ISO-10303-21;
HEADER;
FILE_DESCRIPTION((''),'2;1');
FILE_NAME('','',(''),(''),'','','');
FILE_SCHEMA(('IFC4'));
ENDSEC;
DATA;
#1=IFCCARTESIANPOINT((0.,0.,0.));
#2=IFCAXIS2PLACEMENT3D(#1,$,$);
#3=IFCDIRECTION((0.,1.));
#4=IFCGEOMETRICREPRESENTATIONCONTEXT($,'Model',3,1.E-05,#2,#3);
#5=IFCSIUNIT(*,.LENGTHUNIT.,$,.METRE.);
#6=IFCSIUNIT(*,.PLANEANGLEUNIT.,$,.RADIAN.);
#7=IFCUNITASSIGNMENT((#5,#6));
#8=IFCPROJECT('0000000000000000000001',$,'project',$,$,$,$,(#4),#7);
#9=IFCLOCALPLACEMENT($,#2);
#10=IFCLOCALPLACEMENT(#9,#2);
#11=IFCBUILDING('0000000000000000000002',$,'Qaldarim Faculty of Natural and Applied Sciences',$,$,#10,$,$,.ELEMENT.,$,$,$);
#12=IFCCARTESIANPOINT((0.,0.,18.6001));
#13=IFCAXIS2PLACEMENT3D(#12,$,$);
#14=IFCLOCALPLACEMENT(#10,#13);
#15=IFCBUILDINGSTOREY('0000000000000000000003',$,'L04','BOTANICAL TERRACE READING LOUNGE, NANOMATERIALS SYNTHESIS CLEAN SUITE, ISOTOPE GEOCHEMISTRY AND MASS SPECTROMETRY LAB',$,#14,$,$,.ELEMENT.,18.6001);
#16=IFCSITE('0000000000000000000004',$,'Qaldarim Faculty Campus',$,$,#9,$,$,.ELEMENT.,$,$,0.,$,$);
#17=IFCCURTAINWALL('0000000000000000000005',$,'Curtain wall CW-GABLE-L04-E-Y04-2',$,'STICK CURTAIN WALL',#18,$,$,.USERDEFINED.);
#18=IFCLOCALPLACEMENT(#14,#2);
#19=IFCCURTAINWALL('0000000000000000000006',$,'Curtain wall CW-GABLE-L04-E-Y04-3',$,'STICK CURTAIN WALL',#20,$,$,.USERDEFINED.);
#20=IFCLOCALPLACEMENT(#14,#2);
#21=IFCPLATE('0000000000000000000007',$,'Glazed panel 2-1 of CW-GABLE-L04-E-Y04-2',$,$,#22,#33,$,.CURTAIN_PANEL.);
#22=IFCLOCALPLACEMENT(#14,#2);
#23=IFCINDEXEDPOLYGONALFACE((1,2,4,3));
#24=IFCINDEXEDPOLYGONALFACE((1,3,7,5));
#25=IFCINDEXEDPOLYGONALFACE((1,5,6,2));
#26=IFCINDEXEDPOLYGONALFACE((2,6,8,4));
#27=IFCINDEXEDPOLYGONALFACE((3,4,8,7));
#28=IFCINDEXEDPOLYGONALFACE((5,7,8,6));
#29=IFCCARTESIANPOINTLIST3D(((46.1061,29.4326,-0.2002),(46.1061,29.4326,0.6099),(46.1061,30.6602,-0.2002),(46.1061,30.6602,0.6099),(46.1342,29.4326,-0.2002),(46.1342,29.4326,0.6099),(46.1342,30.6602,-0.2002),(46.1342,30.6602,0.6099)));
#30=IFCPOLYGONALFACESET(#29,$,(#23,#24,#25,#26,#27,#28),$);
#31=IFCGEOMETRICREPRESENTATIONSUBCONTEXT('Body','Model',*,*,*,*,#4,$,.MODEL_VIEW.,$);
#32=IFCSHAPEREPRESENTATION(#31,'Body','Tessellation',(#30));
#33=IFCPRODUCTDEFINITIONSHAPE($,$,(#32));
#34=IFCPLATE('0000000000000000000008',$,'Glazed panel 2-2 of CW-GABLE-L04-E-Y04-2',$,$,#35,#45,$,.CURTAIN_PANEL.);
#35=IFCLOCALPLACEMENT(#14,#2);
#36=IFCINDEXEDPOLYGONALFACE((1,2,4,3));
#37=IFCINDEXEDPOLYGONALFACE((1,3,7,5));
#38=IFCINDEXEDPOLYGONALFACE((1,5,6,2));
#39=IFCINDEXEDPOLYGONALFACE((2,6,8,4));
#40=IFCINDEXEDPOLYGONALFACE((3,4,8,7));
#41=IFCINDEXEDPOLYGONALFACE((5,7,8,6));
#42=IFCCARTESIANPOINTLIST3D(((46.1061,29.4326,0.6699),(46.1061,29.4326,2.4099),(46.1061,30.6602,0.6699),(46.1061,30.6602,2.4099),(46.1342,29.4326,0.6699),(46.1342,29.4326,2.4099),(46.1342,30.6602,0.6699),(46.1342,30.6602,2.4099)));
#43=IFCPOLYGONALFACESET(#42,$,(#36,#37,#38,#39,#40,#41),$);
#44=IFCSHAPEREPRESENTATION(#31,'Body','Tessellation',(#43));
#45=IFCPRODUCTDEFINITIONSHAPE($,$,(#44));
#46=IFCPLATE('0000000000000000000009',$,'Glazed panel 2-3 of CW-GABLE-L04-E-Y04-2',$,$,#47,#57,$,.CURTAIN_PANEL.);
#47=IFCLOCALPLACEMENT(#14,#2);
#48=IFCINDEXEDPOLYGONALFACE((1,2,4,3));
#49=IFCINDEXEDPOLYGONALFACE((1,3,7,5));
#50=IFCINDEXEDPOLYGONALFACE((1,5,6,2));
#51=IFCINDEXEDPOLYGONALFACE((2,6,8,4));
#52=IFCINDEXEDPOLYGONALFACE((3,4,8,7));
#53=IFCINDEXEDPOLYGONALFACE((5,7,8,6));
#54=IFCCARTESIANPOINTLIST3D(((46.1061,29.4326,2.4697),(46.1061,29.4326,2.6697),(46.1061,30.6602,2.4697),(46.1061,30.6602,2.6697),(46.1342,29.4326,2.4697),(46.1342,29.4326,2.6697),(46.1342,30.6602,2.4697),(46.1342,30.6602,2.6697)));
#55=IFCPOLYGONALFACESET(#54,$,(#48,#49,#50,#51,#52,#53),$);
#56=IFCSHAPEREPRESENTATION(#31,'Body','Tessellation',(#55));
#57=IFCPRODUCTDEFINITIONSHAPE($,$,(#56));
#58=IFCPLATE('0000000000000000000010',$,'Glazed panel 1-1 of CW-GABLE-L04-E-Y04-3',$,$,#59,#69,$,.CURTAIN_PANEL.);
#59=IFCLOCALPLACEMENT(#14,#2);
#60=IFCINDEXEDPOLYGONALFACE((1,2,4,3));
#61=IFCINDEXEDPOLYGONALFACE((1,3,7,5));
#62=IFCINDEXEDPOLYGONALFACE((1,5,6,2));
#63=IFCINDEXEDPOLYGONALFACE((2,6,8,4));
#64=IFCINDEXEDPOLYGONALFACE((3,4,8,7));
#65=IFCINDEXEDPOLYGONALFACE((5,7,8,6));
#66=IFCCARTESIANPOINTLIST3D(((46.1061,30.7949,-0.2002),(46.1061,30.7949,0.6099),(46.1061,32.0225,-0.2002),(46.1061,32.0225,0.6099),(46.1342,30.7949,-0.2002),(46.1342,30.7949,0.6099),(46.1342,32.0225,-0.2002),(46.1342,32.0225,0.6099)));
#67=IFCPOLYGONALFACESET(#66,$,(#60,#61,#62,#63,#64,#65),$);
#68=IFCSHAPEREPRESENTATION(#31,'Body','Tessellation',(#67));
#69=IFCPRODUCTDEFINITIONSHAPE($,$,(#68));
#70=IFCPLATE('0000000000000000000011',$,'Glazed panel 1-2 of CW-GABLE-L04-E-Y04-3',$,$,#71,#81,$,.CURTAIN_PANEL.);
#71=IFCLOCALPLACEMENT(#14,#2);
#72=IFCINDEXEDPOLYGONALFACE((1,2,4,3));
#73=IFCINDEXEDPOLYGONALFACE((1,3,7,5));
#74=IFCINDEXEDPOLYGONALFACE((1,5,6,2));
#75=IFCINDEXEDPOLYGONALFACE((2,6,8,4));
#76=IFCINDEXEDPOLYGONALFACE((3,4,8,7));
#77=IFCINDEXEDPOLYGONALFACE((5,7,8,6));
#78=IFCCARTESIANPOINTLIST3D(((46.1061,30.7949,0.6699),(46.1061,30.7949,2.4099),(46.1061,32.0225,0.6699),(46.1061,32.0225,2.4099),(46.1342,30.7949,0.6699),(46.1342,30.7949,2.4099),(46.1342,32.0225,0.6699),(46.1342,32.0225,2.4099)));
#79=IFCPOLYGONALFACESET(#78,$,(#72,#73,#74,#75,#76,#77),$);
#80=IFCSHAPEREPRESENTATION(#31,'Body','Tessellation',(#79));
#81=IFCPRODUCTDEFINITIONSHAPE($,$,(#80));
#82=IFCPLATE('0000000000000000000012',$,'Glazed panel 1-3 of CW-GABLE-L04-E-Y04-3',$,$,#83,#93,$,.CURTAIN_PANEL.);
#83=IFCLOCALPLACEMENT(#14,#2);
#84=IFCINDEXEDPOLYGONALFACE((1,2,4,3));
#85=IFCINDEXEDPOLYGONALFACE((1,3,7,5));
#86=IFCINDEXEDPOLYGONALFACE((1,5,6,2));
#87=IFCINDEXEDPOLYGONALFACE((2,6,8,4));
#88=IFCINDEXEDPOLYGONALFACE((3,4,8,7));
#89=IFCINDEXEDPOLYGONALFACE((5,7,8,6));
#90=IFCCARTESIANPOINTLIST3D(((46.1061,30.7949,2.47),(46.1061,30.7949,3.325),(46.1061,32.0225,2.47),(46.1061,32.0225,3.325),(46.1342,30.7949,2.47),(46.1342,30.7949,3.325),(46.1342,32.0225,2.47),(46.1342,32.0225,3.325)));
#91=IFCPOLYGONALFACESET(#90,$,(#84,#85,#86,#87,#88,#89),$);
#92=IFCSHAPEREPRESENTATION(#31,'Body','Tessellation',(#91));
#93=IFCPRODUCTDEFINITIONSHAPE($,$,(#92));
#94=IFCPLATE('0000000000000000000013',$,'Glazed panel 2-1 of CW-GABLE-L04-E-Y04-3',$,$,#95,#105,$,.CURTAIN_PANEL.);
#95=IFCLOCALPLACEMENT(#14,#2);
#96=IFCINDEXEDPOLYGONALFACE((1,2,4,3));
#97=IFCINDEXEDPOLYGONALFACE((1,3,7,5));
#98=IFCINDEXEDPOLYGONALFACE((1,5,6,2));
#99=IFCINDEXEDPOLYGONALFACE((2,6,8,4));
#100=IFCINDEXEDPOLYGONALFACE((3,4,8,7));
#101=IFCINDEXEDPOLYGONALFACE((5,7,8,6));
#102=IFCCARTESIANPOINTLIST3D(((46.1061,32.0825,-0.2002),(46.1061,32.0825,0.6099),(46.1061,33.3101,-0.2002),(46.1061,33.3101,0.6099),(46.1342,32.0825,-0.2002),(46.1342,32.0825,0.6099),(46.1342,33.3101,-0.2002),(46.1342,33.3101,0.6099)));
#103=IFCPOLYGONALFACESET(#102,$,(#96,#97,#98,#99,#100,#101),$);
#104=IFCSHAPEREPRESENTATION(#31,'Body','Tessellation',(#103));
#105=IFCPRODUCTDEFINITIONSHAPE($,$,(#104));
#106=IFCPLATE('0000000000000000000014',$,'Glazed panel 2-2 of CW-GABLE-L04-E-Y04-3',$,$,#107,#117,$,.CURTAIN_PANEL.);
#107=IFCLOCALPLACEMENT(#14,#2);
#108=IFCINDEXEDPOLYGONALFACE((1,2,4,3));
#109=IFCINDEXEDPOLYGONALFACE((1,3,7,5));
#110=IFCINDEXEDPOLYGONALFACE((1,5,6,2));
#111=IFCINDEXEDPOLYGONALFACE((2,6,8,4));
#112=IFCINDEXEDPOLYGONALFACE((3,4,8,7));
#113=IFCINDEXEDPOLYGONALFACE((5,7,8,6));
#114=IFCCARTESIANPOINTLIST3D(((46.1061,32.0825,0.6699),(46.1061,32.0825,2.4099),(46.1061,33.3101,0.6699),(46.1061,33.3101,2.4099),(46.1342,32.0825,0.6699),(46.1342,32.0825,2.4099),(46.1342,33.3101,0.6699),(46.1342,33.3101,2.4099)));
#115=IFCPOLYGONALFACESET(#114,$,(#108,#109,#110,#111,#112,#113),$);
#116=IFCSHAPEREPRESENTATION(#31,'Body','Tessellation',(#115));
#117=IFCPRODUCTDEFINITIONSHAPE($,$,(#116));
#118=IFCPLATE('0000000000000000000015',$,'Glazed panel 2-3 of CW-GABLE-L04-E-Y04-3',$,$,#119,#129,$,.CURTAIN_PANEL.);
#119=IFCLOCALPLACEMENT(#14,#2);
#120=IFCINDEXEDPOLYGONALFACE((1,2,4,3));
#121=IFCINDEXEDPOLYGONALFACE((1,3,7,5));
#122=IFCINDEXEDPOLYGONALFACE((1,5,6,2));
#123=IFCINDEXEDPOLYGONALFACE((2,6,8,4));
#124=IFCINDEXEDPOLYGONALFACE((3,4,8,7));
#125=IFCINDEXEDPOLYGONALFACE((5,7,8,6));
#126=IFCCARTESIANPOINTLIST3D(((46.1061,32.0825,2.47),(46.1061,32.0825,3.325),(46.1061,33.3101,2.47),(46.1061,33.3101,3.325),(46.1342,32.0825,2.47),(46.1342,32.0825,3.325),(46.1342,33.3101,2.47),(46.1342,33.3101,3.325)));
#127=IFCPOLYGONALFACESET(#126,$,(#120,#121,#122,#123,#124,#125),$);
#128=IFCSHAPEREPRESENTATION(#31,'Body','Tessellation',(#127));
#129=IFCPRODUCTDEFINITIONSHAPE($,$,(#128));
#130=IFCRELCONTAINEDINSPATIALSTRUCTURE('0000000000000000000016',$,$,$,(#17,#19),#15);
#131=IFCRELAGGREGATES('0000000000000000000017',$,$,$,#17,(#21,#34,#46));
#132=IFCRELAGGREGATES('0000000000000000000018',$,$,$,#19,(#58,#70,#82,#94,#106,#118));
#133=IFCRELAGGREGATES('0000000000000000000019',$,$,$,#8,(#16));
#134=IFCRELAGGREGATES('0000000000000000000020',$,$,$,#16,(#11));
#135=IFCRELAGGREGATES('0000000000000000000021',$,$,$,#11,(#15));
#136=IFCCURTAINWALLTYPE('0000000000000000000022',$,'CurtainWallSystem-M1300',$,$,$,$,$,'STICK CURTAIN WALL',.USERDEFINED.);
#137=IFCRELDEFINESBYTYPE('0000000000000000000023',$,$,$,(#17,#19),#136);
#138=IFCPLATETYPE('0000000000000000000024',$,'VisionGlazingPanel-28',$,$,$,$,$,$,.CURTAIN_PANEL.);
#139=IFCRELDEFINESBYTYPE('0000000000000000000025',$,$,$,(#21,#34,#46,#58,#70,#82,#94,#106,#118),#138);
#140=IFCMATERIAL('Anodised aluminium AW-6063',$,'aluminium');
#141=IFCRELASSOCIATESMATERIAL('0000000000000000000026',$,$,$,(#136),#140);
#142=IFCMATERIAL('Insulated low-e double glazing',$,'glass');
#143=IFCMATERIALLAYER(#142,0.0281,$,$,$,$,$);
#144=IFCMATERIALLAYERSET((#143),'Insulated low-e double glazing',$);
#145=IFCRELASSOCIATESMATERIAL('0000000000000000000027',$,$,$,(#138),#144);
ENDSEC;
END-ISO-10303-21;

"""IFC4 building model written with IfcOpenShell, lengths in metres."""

from ifc_helpers import new_model, si_unit, direction, frame, origin, origin_2d, place, context, subcontext, project, spatial, rectangle, extrude, material, layer, layer_set, type_object, element, aggregate, save


model = new_model("IFC4")

# Units and contexts
model_context = context("Model", 3, precision=1e-05, world=origin(), true_north=direction((0.0, 1.0)))
body_context = subcontext(model_context, "Body", "Model", "MODEL_VIEW")
ifc_project = project(units=[si_unit("LENGTHUNIT", "METRE"), si_unit("PLANEANGLEUNIT", "RADIAN")], contexts=[model_context])

# Site, building, storey
site_placement = place(None, origin())
site = spatial("IfcSite", under=ifc_project, at=site_placement, Name="Qaldarim Faculty Campus", CompositionType="ELEMENT", RefElevation=0.0)
building_placement = place(site_placement, origin())
building = spatial("IfcBuilding", under=site, at=building_placement, Name="Qaldarim Faculty of Natural and Applied Sciences", CompositionType="ELEMENT")
storey_placement = place(building_placement, frame((0.0, 0.0, 18.6001)))
storey = spatial("IfcBuildingStorey", under=building, at=storey_placement, Name="L04", Description="BOTANICAL TERRACE READING LOUNGE, NANOMATERIALS SYNTHESIS CLEAN SUITE, ISOTOPE GEOCHEMISTRY AND MASS SPECTROMETRY LAB", CompositionType="ELEMENT", Elevation=18.6001)

# Curtain wall
ifc_material_1 = material(Name="Anodised aluminium AW-6063", Category="aluminium")
curtain_wall_type = type_object("IfcCurtainWallType", Name="CurtainWallSystem-M1300", ElementType="STICK CURTAIN WALL", PredefinedType="USERDEFINED", material=ifc_material_1)
curtain_wall_1_placement = place(storey_placement, origin())
curtain_wall_1 = element("IfcCurtainWall", 1, at=curtain_wall_1_placement, inside=storey, type_object=curtain_wall_type, Name="Curtain wall CW-GABLE-L04-E-Y04-2", ObjectType="STICK CURTAIN WALL", PredefinedType="USERDEFINED")

# Curtain wall
curtain_wall_2_placement = place(storey_placement, origin())
curtain_wall_2 = element("IfcCurtainWall", 2, at=curtain_wall_2_placement, inside=storey, type_object=curtain_wall_type, Name="Curtain wall CW-GABLE-L04-E-Y04-3", ObjectType="STICK CURTAIN WALL", PredefinedType="USERDEFINED")

# Plates
ifc_material_2 = material(Name="Insulated low-e double glazing", Category="glass")
ifc_layer = layer(ifc_material_2, 0.0281)
ifc_layer_set = layer_set([ifc_layer], Name="Insulated low-e double glazing")
plate_type = type_object("IfcPlateType", Name="VisionGlazingPanel-28", PredefinedType="CURTAIN_PANEL", material=ifc_layer_set)
plate_1_placement = place(storey_placement, frame((46.1201, 30.0464, -0.2002), z_axis=(0.0, 0.0, 1.0), x_axis=(0.0, 1.0, 0.0)))
plate_1 = element("IfcPlate", 3, at=plate_1_placement, type_object=plate_type, Name="Glazed panel 2-1 of CW-GABLE-L04-E-Y04-2", PredefinedType="CURTAIN_PANEL", context=body_context, shape_type="SweptSolid", body=[
    extrude(rectangle(XDim=1.2275, YDim=0.0281, at=origin_2d()), origin(), (0.0, 0.0, 1.0), 0.8101),
])
plate_2_placement = place(storey_placement, frame((46.1201, 30.0464, 0.6699), z_axis=(0.0, 0.0, 1.0), x_axis=(0.0, 1.0, 0.0)))
plate_2 = element("IfcPlate", 4, at=plate_2_placement, type_object=plate_type, Name="Glazed panel 2-2 of CW-GABLE-L04-E-Y04-2", PredefinedType="CURTAIN_PANEL", context=body_context, shape_type="SweptSolid", body=[
    extrude(rectangle(XDim=1.2275, YDim=0.0281, at=origin_2d()), origin(), (0.0, 0.0, 1.0), 1.74),
])
plate_3_placement = place(storey_placement, frame((46.1201, 30.0464, 2.4697), z_axis=(0.0, 0.0, 1.0), x_axis=(0.0, 1.0, 0.0)))
plate_3 = element("IfcPlate", 5, at=plate_3_placement, type_object=plate_type, Name="Glazed panel 2-3 of CW-GABLE-L04-E-Y04-2", PredefinedType="CURTAIN_PANEL", context=body_context, shape_type="SweptSolid", body=[
    extrude(rectangle(XDim=1.2275, YDim=0.0281, at=origin_2d()), origin(), (0.0, 0.0, 1.0), 0.2),
])
aggregate(curtain_wall_1, [plate_1, plate_2, plate_3])
plate_4_placement = place(storey_placement, frame((46.1201, 31.4087, -0.2002), z_axis=(0.0, 0.0, 1.0), x_axis=(0.0, 1.0, 0.0)))
plate_4 = element("IfcPlate", 6, at=plate_4_placement, type_object=plate_type, Name="Glazed panel 1-1 of CW-GABLE-L04-E-Y04-3", PredefinedType="CURTAIN_PANEL", context=body_context, shape_type="SweptSolid", body=[
    extrude(rectangle(XDim=1.2275, YDim=0.0281, at=origin_2d()), origin(), (0.0, 0.0, 1.0), 0.8101),
])
plate_5_placement = place(storey_placement, frame((46.1201, 31.4087, 0.6699), z_axis=(0.0, 0.0, 1.0), x_axis=(0.0, 1.0, 0.0)))
plate_5 = element("IfcPlate", 7, at=plate_5_placement, type_object=plate_type, Name="Glazed panel 1-2 of CW-GABLE-L04-E-Y04-3", PredefinedType="CURTAIN_PANEL", context=body_context, shape_type="SweptSolid", body=[
    extrude(rectangle(XDim=1.2275, YDim=0.0281, at=origin_2d()), origin(), (0.0, 0.0, 1.0), 1.74),
])
plate_6_placement = place(storey_placement, frame((46.1201, 31.4087, 2.47), z_axis=(0.0, 0.0, 1.0), x_axis=(0.0, 1.0, 0.0)))
plate_6 = element("IfcPlate", 8, at=plate_6_placement, type_object=plate_type, Name="Glazed panel 1-3 of CW-GABLE-L04-E-Y04-3", PredefinedType="CURTAIN_PANEL", context=body_context, shape_type="SweptSolid", body=[
    extrude(rectangle(XDim=1.2275, YDim=0.0281, at=origin_2d()), origin(), (0.0, 0.0, 1.0), 0.855),
])
plate_7_placement = place(storey_placement, frame((46.1201, 32.6963, -0.2002), z_axis=(0.0, 0.0, 1.0), x_axis=(0.0, 1.0, 0.0)))
plate_7 = element("IfcPlate", 9, at=plate_7_placement, type_object=plate_type, Name="Glazed panel 2-1 of CW-GABLE-L04-E-Y04-3", PredefinedType="CURTAIN_PANEL", context=body_context, shape_type="SweptSolid", body=[
    extrude(rectangle(XDim=1.2275, YDim=0.0281, at=origin_2d()), origin(), (0.0, 0.0, 1.0), 0.8101),
])
plate_8_placement = place(storey_placement, frame((46.1201, 32.6963, 0.6699), z_axis=(0.0, 0.0, 1.0), x_axis=(0.0, 1.0, 0.0)))
plate_8 = element("IfcPlate", 10, at=plate_8_placement, type_object=plate_type, Name="Glazed panel 2-2 of CW-GABLE-L04-E-Y04-3", PredefinedType="CURTAIN_PANEL", context=body_context, shape_type="SweptSolid", body=[
    extrude(rectangle(XDim=1.2275, YDim=0.0281, at=origin_2d()), origin(), (0.0, 0.0, 1.0), 1.74),
])
plate_9_placement = place(storey_placement, frame((46.1201, 32.6963, 2.47), z_axis=(0.0, 0.0, 1.0), x_axis=(0.0, 1.0, 0.0)))
plate_9 = element("IfcPlate", 11, at=plate_9_placement, type_object=plate_type, Name="Glazed panel 2-3 of CW-GABLE-L04-E-Y04-3", PredefinedType="CURTAIN_PANEL", context=body_context, shape_type="SweptSolid", body=[
    extrude(rectangle(XDim=1.2275, YDim=0.0281, at=origin_2d()), origin(), (0.0, 0.0, 1.0), 0.855),
])
aggregate(curtain_wall_2, [plate_4, plate_5, plate_6, plate_7, plate_8, plate_9])

save(model, "model.ifc")
